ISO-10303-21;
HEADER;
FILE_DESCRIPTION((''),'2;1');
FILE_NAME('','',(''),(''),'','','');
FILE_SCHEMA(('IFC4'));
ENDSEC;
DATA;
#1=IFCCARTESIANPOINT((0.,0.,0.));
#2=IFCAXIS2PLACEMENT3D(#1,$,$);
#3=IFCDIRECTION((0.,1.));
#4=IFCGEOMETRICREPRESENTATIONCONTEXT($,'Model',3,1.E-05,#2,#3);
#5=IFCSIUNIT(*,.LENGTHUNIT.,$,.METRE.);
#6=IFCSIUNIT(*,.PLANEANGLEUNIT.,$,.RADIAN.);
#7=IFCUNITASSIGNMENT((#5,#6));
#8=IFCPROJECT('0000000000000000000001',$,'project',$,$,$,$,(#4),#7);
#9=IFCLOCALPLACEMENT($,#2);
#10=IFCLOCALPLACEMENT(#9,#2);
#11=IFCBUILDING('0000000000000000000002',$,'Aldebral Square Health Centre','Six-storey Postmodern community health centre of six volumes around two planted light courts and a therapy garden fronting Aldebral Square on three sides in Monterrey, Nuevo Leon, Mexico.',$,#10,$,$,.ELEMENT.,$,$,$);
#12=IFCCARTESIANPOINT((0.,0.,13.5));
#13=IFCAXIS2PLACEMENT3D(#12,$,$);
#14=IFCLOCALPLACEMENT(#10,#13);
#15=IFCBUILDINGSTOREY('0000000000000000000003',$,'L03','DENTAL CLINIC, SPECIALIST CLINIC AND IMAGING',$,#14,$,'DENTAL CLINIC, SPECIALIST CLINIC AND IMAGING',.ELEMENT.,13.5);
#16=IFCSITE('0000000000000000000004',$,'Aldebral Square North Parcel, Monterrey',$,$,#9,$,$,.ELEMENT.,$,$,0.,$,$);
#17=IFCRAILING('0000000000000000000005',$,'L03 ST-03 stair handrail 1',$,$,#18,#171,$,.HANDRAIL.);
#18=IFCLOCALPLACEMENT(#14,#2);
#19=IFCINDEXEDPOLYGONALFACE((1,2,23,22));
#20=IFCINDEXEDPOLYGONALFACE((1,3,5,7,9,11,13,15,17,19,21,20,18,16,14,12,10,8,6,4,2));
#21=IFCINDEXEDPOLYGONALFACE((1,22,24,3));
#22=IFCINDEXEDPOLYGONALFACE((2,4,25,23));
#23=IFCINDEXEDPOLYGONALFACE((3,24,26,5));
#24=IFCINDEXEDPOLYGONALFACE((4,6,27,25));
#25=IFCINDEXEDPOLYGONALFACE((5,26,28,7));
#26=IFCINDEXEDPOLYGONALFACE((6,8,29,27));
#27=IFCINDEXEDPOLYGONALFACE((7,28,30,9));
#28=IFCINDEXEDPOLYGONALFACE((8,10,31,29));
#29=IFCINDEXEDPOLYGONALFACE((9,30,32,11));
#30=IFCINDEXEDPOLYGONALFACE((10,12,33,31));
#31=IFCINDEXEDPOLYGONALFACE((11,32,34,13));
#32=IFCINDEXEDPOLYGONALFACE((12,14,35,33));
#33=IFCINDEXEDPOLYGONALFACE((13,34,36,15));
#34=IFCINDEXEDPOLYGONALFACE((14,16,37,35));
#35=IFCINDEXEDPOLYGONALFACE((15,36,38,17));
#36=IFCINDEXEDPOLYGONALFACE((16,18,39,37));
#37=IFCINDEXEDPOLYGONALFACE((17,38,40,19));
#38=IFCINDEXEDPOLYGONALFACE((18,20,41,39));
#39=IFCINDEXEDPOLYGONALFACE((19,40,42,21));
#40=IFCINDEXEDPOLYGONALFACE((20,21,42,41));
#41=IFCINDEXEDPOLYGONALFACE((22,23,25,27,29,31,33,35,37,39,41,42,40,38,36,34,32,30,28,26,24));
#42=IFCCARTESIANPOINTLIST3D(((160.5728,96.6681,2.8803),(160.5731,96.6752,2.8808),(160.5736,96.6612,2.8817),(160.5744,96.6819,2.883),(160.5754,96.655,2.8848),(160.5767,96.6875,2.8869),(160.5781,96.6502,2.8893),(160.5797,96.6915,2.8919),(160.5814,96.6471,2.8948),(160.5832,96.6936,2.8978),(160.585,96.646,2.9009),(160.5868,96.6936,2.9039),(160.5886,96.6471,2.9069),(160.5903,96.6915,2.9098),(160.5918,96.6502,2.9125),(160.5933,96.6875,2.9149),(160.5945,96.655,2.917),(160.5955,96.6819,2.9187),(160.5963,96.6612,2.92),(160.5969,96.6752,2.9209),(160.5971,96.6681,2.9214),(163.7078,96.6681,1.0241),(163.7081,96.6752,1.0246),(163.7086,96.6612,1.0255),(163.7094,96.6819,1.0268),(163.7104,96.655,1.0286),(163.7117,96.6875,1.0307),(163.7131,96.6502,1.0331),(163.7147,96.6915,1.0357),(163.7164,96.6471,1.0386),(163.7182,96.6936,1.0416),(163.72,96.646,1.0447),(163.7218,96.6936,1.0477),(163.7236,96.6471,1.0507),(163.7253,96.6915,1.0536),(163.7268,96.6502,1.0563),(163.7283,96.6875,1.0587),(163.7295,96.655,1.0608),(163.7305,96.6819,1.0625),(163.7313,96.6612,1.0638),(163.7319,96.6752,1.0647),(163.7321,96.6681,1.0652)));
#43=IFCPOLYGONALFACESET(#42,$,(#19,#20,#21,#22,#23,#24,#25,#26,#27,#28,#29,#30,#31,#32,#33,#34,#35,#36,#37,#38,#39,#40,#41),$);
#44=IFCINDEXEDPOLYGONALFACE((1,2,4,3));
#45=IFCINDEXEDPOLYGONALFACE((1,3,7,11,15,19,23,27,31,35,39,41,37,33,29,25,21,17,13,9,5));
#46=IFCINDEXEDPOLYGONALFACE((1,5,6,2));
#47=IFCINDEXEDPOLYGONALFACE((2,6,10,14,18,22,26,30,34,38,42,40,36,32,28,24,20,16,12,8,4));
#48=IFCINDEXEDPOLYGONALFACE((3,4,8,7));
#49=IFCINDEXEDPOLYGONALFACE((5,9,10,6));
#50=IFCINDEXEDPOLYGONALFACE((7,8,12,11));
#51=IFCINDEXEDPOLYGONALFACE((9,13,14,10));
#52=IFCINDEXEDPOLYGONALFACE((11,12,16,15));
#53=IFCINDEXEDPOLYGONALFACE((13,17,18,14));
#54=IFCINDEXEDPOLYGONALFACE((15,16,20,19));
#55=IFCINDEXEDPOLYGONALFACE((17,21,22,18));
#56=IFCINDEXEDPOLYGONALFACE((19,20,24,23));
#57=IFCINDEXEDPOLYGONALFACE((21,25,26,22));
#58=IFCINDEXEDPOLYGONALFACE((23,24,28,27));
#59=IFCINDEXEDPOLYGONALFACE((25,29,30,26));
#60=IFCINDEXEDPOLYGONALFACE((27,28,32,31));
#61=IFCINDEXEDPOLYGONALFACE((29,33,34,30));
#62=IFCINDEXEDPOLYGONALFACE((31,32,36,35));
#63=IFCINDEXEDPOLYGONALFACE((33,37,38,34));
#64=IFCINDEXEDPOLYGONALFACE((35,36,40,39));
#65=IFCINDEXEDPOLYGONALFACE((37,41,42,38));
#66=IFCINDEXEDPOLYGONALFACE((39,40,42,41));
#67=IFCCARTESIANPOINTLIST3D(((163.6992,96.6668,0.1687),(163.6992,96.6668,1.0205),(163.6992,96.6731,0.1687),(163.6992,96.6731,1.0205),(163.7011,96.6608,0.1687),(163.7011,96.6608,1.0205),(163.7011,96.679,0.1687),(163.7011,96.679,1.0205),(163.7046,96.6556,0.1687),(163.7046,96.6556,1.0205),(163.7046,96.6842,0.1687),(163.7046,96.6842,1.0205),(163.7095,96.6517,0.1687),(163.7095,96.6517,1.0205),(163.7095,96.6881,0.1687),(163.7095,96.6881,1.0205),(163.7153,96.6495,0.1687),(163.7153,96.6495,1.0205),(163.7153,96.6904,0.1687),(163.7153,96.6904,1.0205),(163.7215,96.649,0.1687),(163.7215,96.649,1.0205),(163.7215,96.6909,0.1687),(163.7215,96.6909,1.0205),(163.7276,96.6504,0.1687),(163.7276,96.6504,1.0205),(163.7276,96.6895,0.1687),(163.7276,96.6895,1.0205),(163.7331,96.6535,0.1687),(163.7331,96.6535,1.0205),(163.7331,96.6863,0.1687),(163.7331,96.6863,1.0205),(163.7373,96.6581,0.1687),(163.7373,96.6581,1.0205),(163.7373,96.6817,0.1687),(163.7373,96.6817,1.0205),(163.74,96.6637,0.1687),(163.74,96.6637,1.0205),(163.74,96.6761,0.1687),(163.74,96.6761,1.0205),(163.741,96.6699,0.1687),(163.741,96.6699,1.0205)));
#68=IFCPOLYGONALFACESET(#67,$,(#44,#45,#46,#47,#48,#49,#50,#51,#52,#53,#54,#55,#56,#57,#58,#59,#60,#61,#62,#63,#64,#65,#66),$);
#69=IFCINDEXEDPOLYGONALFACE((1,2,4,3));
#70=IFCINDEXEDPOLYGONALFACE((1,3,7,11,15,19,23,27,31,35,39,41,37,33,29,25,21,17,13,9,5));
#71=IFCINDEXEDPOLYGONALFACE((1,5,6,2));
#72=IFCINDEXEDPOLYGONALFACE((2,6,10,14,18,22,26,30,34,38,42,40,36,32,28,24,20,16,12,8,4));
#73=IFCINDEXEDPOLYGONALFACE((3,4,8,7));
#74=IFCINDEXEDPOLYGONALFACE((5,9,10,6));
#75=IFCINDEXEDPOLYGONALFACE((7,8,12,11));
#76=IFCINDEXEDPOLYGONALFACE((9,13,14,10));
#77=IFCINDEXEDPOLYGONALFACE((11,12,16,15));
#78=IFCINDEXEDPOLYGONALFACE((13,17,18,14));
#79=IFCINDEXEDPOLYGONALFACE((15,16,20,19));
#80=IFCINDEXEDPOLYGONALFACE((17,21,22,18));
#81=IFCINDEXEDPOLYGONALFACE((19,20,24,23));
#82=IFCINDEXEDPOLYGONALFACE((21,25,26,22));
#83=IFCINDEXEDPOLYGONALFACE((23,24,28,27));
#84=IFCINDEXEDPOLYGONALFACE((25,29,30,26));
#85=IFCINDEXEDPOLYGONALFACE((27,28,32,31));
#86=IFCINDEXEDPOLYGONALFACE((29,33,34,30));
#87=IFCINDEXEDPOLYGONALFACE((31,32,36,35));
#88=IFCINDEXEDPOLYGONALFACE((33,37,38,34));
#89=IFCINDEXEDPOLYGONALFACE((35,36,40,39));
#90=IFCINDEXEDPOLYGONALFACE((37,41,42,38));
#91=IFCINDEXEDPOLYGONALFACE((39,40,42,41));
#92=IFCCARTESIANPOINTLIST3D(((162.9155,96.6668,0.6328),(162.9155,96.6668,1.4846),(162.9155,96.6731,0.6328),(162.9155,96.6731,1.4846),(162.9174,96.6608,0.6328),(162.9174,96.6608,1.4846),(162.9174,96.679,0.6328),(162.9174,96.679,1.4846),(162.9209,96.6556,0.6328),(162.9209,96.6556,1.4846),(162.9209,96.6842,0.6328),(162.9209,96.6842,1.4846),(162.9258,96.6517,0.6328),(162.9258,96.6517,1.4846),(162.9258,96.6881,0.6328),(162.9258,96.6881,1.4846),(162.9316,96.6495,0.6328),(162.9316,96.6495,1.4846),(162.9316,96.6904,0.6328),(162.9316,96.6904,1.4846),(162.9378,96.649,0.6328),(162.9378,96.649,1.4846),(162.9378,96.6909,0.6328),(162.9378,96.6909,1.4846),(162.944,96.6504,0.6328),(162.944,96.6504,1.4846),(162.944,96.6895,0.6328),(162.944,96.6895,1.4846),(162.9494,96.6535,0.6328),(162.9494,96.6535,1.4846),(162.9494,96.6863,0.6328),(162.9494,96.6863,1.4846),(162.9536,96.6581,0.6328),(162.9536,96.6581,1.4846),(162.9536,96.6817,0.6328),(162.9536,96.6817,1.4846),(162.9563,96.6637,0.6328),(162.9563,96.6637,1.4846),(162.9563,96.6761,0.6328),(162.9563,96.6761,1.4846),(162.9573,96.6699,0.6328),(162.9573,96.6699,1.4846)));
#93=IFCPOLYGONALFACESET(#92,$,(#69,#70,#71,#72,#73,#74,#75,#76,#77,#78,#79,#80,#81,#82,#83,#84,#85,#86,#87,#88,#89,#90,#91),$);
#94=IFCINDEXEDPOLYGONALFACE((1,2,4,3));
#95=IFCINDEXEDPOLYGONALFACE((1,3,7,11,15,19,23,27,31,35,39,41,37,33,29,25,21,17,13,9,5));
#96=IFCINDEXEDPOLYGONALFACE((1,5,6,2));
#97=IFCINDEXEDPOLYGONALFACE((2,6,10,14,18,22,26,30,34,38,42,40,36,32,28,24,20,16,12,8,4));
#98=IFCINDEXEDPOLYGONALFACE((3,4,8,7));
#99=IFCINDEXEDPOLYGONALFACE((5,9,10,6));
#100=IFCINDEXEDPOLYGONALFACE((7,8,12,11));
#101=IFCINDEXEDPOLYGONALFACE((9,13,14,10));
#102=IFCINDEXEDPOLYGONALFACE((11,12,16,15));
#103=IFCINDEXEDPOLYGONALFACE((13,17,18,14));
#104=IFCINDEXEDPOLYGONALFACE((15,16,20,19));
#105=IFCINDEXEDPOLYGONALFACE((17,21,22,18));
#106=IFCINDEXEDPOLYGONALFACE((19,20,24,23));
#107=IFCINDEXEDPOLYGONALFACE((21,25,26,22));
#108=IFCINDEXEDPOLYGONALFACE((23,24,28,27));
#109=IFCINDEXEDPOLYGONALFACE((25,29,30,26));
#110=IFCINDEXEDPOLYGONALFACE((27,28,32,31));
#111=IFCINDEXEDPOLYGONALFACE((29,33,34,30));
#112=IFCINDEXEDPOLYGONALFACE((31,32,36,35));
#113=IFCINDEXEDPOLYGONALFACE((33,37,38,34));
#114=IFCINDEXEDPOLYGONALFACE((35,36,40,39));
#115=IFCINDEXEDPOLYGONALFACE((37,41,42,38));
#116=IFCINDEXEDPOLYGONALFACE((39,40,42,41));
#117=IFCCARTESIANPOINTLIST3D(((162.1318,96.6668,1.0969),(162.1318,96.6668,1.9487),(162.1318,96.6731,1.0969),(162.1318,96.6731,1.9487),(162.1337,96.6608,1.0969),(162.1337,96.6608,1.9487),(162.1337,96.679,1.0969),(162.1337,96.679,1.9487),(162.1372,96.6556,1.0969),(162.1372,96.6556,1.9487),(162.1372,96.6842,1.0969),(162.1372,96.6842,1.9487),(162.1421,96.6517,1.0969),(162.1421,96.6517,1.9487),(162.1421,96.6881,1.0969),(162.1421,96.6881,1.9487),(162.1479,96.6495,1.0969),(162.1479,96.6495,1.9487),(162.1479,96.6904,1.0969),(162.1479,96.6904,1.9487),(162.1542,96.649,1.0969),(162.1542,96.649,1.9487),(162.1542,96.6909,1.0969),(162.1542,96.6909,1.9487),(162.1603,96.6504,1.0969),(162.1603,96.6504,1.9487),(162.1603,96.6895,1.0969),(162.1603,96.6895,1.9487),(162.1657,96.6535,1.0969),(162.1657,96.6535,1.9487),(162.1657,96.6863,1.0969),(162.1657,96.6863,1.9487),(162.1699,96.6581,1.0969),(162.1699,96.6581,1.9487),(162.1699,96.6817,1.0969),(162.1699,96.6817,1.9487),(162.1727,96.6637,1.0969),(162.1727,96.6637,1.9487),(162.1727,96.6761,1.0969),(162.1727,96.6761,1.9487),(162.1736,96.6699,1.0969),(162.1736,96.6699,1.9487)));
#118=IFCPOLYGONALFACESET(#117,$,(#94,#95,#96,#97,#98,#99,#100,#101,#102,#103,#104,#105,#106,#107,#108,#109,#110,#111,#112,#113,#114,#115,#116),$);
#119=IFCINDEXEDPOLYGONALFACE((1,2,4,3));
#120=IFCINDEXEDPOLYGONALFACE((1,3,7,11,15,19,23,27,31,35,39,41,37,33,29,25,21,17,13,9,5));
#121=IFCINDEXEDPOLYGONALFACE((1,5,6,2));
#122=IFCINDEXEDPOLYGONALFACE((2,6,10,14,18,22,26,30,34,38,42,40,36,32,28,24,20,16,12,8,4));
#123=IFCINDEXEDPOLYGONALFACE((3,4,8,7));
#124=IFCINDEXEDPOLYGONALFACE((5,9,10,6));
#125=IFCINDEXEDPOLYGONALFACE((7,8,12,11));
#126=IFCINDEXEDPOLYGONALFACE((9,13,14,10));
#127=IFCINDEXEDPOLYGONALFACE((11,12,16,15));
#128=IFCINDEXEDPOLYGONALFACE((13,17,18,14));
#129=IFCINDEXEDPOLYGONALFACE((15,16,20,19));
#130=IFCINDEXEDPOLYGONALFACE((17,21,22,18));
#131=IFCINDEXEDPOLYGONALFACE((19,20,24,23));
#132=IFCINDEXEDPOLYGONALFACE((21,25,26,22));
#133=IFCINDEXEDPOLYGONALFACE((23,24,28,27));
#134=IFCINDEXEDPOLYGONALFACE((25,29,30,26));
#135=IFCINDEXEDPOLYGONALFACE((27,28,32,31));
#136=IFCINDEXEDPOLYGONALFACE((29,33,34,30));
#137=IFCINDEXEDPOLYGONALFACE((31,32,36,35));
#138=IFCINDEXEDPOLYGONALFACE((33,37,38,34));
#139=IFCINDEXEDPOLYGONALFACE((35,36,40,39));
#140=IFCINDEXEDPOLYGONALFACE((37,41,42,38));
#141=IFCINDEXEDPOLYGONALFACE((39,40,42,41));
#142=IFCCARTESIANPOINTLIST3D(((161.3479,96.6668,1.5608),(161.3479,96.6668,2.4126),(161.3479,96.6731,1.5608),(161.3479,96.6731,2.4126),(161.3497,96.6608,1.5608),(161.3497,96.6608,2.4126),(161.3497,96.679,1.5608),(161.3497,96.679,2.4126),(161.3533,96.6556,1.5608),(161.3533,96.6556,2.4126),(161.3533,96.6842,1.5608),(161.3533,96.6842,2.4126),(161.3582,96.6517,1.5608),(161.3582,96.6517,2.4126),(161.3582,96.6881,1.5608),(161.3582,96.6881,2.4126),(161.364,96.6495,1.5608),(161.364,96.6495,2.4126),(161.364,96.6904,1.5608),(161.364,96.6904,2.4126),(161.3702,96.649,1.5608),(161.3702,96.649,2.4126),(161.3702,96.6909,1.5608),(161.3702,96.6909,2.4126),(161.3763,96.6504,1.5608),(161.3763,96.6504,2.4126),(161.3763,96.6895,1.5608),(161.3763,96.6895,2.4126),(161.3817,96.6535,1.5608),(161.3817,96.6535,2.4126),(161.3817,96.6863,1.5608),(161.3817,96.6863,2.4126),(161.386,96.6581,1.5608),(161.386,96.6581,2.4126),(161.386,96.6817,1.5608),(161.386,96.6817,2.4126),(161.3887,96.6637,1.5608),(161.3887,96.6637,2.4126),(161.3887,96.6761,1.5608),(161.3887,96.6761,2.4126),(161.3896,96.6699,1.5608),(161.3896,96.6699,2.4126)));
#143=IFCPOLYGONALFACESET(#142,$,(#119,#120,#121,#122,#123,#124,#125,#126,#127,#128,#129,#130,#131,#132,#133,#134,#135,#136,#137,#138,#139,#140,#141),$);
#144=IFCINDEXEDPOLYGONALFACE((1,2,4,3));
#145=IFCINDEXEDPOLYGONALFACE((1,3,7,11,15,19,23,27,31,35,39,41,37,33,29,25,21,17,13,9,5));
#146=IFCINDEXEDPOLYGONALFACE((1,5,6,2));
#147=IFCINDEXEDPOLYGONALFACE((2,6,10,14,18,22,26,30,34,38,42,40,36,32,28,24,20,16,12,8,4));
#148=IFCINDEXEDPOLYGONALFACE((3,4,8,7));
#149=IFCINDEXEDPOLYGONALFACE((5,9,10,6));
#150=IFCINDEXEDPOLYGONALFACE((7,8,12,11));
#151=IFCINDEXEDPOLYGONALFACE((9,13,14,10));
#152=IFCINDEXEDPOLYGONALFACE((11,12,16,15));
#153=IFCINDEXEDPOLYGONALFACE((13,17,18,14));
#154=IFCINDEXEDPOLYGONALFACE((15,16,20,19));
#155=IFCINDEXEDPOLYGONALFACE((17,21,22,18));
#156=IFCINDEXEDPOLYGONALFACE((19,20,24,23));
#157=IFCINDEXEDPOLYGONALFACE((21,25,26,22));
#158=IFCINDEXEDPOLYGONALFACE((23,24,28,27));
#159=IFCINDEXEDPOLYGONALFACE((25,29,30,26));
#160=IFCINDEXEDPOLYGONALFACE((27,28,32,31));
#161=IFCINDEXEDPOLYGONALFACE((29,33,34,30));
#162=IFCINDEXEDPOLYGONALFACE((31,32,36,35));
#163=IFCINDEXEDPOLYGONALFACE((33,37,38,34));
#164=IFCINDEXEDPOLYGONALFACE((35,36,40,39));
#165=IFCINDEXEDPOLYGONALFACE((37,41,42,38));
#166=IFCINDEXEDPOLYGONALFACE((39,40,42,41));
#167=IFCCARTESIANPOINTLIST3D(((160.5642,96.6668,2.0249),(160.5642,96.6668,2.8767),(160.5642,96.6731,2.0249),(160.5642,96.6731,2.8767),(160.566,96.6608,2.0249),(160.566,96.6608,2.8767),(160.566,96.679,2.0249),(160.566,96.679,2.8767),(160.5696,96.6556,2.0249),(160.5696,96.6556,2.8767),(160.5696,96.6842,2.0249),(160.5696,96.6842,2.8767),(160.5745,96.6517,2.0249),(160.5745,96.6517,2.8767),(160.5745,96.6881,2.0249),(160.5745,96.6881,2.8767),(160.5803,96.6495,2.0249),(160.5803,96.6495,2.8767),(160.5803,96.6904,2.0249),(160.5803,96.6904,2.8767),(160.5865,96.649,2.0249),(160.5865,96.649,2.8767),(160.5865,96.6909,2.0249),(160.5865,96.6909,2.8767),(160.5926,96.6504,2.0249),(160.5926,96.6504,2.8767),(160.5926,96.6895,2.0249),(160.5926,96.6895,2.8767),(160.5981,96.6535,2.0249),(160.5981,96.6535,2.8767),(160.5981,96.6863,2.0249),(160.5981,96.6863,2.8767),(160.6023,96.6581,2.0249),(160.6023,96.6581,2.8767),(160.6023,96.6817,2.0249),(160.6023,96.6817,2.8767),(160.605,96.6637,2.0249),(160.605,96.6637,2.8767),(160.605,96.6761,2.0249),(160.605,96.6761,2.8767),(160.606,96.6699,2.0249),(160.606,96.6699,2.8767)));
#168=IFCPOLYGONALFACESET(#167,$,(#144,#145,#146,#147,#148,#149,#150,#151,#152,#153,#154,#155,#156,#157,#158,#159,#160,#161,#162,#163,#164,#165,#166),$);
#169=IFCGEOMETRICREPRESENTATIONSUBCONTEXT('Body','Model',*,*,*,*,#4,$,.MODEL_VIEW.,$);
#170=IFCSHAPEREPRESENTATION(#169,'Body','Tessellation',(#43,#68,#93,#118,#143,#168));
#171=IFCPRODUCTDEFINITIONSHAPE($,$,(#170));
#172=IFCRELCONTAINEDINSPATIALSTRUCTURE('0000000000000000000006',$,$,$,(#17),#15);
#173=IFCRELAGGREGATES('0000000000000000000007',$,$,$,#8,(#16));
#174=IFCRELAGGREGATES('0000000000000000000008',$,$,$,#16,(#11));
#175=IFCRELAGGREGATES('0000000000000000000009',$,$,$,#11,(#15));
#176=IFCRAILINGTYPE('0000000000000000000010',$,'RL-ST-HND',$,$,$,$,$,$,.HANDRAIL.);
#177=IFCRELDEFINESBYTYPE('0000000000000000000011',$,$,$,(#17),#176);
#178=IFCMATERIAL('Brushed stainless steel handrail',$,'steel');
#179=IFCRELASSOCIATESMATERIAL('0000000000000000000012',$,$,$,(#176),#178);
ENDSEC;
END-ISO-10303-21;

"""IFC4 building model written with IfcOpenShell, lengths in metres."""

from ifc_helpers import new_model, si_unit, direction, frame, origin, origin_2d, place, context, subcontext, project, spatial, circle, extrude, material, type_object, element, save


model = new_model("IFC4")

# Units and contexts
model_context = context("Model", 3, precision=1e-05, world=origin(), true_north=direction((0.0, 1.0)))
body_context = subcontext(model_context, "Body", "Model", "MODEL_VIEW")
ifc_project = project(units=[si_unit("LENGTHUNIT", "METRE"), si_unit("PLANEANGLEUNIT", "RADIAN")], contexts=[model_context])

# Site, building, storey
site_placement = place(None, origin())
site = spatial("IfcSite", under=ifc_project, at=site_placement, Name="Aldebral Square North Parcel, Monterrey", CompositionType="ELEMENT", RefElevation=0.0)
building_placement = place(site_placement, origin())
building = spatial("IfcBuilding", under=site, at=building_placement, Name="Aldebral Square Health Centre", Description="Six-storey Postmodern community health centre of six volumes around two planted light courts and a therapy garden fronting Aldebral Square on three sides in Monterrey, Nuevo Leon, Mexico.", CompositionType="ELEMENT")
storey_placement = place(building_placement, frame((0.0, 0.0, 13.5)))
storey = spatial("IfcBuildingStorey", under=building, at=storey_placement, Name="L03", Description="DENTAL CLINIC, SPECIALIST CLINIC AND IMAGING", LongName="DENTAL CLINIC, SPECIALIST CLINIC AND IMAGING", CompositionType="ELEMENT", Elevation=13.5)

# Railing
ifc_material_1 = material(Name="Brushed stainless steel handrail", Category="steel")
railing_type_1 = type_object("IfcRailingType", Name="RL-ST-HND", PredefinedType="HANDRAIL", material=ifc_material_1)
railing_1_placement = place(storey_placement, frame((163.72, 96.6699, 0.1687)))
element("IfcRailing", 1, at=railing_1_placement, inside=storey, type_object=railing_type_1, Name="L03 ST-03 stair handrail 1", PredefinedType="HANDRAIL", context=body_context, shape_type="SweptSolid", body=[
    extrude(circle(Radius=0.0239, at=origin_2d()), frame((0.0, 0.0, 0.876), z_axis=(-0.860482, 0.0, 0.509481), x_axis=(0.0, -1.0, 0.0)), (0.0, 0.0, 1.0), 3.6433),
    extrude(circle(Radius=0.021, at=origin_2d()), origin(), (0.0, 0.0, 1.0), 0.8518),
    extrude(circle(Radius=0.021, at=origin_2d()), frame((-0.7837, 0.0, 0.4641)), (0.0, 0.0, 1.0), 0.8518),
    extrude(circle(Radius=0.021, at=origin_2d()), frame((-1.5674, 0.0, 0.9282)), (0.0, 0.0, 1.0), 0.8518),
    extrude(circle(Radius=0.021, at=origin_2d()), frame((-2.3513, 0.0, 1.3921)), (0.0, 0.0, 1.0), 0.8518),
    extrude(circle(Radius=0.021, at=origin_2d()), frame((-3.135, 0.0, 1.8562)), (0.0, 0.0, 1.0), 0.8518),
])

save(model, "model.ifc")
